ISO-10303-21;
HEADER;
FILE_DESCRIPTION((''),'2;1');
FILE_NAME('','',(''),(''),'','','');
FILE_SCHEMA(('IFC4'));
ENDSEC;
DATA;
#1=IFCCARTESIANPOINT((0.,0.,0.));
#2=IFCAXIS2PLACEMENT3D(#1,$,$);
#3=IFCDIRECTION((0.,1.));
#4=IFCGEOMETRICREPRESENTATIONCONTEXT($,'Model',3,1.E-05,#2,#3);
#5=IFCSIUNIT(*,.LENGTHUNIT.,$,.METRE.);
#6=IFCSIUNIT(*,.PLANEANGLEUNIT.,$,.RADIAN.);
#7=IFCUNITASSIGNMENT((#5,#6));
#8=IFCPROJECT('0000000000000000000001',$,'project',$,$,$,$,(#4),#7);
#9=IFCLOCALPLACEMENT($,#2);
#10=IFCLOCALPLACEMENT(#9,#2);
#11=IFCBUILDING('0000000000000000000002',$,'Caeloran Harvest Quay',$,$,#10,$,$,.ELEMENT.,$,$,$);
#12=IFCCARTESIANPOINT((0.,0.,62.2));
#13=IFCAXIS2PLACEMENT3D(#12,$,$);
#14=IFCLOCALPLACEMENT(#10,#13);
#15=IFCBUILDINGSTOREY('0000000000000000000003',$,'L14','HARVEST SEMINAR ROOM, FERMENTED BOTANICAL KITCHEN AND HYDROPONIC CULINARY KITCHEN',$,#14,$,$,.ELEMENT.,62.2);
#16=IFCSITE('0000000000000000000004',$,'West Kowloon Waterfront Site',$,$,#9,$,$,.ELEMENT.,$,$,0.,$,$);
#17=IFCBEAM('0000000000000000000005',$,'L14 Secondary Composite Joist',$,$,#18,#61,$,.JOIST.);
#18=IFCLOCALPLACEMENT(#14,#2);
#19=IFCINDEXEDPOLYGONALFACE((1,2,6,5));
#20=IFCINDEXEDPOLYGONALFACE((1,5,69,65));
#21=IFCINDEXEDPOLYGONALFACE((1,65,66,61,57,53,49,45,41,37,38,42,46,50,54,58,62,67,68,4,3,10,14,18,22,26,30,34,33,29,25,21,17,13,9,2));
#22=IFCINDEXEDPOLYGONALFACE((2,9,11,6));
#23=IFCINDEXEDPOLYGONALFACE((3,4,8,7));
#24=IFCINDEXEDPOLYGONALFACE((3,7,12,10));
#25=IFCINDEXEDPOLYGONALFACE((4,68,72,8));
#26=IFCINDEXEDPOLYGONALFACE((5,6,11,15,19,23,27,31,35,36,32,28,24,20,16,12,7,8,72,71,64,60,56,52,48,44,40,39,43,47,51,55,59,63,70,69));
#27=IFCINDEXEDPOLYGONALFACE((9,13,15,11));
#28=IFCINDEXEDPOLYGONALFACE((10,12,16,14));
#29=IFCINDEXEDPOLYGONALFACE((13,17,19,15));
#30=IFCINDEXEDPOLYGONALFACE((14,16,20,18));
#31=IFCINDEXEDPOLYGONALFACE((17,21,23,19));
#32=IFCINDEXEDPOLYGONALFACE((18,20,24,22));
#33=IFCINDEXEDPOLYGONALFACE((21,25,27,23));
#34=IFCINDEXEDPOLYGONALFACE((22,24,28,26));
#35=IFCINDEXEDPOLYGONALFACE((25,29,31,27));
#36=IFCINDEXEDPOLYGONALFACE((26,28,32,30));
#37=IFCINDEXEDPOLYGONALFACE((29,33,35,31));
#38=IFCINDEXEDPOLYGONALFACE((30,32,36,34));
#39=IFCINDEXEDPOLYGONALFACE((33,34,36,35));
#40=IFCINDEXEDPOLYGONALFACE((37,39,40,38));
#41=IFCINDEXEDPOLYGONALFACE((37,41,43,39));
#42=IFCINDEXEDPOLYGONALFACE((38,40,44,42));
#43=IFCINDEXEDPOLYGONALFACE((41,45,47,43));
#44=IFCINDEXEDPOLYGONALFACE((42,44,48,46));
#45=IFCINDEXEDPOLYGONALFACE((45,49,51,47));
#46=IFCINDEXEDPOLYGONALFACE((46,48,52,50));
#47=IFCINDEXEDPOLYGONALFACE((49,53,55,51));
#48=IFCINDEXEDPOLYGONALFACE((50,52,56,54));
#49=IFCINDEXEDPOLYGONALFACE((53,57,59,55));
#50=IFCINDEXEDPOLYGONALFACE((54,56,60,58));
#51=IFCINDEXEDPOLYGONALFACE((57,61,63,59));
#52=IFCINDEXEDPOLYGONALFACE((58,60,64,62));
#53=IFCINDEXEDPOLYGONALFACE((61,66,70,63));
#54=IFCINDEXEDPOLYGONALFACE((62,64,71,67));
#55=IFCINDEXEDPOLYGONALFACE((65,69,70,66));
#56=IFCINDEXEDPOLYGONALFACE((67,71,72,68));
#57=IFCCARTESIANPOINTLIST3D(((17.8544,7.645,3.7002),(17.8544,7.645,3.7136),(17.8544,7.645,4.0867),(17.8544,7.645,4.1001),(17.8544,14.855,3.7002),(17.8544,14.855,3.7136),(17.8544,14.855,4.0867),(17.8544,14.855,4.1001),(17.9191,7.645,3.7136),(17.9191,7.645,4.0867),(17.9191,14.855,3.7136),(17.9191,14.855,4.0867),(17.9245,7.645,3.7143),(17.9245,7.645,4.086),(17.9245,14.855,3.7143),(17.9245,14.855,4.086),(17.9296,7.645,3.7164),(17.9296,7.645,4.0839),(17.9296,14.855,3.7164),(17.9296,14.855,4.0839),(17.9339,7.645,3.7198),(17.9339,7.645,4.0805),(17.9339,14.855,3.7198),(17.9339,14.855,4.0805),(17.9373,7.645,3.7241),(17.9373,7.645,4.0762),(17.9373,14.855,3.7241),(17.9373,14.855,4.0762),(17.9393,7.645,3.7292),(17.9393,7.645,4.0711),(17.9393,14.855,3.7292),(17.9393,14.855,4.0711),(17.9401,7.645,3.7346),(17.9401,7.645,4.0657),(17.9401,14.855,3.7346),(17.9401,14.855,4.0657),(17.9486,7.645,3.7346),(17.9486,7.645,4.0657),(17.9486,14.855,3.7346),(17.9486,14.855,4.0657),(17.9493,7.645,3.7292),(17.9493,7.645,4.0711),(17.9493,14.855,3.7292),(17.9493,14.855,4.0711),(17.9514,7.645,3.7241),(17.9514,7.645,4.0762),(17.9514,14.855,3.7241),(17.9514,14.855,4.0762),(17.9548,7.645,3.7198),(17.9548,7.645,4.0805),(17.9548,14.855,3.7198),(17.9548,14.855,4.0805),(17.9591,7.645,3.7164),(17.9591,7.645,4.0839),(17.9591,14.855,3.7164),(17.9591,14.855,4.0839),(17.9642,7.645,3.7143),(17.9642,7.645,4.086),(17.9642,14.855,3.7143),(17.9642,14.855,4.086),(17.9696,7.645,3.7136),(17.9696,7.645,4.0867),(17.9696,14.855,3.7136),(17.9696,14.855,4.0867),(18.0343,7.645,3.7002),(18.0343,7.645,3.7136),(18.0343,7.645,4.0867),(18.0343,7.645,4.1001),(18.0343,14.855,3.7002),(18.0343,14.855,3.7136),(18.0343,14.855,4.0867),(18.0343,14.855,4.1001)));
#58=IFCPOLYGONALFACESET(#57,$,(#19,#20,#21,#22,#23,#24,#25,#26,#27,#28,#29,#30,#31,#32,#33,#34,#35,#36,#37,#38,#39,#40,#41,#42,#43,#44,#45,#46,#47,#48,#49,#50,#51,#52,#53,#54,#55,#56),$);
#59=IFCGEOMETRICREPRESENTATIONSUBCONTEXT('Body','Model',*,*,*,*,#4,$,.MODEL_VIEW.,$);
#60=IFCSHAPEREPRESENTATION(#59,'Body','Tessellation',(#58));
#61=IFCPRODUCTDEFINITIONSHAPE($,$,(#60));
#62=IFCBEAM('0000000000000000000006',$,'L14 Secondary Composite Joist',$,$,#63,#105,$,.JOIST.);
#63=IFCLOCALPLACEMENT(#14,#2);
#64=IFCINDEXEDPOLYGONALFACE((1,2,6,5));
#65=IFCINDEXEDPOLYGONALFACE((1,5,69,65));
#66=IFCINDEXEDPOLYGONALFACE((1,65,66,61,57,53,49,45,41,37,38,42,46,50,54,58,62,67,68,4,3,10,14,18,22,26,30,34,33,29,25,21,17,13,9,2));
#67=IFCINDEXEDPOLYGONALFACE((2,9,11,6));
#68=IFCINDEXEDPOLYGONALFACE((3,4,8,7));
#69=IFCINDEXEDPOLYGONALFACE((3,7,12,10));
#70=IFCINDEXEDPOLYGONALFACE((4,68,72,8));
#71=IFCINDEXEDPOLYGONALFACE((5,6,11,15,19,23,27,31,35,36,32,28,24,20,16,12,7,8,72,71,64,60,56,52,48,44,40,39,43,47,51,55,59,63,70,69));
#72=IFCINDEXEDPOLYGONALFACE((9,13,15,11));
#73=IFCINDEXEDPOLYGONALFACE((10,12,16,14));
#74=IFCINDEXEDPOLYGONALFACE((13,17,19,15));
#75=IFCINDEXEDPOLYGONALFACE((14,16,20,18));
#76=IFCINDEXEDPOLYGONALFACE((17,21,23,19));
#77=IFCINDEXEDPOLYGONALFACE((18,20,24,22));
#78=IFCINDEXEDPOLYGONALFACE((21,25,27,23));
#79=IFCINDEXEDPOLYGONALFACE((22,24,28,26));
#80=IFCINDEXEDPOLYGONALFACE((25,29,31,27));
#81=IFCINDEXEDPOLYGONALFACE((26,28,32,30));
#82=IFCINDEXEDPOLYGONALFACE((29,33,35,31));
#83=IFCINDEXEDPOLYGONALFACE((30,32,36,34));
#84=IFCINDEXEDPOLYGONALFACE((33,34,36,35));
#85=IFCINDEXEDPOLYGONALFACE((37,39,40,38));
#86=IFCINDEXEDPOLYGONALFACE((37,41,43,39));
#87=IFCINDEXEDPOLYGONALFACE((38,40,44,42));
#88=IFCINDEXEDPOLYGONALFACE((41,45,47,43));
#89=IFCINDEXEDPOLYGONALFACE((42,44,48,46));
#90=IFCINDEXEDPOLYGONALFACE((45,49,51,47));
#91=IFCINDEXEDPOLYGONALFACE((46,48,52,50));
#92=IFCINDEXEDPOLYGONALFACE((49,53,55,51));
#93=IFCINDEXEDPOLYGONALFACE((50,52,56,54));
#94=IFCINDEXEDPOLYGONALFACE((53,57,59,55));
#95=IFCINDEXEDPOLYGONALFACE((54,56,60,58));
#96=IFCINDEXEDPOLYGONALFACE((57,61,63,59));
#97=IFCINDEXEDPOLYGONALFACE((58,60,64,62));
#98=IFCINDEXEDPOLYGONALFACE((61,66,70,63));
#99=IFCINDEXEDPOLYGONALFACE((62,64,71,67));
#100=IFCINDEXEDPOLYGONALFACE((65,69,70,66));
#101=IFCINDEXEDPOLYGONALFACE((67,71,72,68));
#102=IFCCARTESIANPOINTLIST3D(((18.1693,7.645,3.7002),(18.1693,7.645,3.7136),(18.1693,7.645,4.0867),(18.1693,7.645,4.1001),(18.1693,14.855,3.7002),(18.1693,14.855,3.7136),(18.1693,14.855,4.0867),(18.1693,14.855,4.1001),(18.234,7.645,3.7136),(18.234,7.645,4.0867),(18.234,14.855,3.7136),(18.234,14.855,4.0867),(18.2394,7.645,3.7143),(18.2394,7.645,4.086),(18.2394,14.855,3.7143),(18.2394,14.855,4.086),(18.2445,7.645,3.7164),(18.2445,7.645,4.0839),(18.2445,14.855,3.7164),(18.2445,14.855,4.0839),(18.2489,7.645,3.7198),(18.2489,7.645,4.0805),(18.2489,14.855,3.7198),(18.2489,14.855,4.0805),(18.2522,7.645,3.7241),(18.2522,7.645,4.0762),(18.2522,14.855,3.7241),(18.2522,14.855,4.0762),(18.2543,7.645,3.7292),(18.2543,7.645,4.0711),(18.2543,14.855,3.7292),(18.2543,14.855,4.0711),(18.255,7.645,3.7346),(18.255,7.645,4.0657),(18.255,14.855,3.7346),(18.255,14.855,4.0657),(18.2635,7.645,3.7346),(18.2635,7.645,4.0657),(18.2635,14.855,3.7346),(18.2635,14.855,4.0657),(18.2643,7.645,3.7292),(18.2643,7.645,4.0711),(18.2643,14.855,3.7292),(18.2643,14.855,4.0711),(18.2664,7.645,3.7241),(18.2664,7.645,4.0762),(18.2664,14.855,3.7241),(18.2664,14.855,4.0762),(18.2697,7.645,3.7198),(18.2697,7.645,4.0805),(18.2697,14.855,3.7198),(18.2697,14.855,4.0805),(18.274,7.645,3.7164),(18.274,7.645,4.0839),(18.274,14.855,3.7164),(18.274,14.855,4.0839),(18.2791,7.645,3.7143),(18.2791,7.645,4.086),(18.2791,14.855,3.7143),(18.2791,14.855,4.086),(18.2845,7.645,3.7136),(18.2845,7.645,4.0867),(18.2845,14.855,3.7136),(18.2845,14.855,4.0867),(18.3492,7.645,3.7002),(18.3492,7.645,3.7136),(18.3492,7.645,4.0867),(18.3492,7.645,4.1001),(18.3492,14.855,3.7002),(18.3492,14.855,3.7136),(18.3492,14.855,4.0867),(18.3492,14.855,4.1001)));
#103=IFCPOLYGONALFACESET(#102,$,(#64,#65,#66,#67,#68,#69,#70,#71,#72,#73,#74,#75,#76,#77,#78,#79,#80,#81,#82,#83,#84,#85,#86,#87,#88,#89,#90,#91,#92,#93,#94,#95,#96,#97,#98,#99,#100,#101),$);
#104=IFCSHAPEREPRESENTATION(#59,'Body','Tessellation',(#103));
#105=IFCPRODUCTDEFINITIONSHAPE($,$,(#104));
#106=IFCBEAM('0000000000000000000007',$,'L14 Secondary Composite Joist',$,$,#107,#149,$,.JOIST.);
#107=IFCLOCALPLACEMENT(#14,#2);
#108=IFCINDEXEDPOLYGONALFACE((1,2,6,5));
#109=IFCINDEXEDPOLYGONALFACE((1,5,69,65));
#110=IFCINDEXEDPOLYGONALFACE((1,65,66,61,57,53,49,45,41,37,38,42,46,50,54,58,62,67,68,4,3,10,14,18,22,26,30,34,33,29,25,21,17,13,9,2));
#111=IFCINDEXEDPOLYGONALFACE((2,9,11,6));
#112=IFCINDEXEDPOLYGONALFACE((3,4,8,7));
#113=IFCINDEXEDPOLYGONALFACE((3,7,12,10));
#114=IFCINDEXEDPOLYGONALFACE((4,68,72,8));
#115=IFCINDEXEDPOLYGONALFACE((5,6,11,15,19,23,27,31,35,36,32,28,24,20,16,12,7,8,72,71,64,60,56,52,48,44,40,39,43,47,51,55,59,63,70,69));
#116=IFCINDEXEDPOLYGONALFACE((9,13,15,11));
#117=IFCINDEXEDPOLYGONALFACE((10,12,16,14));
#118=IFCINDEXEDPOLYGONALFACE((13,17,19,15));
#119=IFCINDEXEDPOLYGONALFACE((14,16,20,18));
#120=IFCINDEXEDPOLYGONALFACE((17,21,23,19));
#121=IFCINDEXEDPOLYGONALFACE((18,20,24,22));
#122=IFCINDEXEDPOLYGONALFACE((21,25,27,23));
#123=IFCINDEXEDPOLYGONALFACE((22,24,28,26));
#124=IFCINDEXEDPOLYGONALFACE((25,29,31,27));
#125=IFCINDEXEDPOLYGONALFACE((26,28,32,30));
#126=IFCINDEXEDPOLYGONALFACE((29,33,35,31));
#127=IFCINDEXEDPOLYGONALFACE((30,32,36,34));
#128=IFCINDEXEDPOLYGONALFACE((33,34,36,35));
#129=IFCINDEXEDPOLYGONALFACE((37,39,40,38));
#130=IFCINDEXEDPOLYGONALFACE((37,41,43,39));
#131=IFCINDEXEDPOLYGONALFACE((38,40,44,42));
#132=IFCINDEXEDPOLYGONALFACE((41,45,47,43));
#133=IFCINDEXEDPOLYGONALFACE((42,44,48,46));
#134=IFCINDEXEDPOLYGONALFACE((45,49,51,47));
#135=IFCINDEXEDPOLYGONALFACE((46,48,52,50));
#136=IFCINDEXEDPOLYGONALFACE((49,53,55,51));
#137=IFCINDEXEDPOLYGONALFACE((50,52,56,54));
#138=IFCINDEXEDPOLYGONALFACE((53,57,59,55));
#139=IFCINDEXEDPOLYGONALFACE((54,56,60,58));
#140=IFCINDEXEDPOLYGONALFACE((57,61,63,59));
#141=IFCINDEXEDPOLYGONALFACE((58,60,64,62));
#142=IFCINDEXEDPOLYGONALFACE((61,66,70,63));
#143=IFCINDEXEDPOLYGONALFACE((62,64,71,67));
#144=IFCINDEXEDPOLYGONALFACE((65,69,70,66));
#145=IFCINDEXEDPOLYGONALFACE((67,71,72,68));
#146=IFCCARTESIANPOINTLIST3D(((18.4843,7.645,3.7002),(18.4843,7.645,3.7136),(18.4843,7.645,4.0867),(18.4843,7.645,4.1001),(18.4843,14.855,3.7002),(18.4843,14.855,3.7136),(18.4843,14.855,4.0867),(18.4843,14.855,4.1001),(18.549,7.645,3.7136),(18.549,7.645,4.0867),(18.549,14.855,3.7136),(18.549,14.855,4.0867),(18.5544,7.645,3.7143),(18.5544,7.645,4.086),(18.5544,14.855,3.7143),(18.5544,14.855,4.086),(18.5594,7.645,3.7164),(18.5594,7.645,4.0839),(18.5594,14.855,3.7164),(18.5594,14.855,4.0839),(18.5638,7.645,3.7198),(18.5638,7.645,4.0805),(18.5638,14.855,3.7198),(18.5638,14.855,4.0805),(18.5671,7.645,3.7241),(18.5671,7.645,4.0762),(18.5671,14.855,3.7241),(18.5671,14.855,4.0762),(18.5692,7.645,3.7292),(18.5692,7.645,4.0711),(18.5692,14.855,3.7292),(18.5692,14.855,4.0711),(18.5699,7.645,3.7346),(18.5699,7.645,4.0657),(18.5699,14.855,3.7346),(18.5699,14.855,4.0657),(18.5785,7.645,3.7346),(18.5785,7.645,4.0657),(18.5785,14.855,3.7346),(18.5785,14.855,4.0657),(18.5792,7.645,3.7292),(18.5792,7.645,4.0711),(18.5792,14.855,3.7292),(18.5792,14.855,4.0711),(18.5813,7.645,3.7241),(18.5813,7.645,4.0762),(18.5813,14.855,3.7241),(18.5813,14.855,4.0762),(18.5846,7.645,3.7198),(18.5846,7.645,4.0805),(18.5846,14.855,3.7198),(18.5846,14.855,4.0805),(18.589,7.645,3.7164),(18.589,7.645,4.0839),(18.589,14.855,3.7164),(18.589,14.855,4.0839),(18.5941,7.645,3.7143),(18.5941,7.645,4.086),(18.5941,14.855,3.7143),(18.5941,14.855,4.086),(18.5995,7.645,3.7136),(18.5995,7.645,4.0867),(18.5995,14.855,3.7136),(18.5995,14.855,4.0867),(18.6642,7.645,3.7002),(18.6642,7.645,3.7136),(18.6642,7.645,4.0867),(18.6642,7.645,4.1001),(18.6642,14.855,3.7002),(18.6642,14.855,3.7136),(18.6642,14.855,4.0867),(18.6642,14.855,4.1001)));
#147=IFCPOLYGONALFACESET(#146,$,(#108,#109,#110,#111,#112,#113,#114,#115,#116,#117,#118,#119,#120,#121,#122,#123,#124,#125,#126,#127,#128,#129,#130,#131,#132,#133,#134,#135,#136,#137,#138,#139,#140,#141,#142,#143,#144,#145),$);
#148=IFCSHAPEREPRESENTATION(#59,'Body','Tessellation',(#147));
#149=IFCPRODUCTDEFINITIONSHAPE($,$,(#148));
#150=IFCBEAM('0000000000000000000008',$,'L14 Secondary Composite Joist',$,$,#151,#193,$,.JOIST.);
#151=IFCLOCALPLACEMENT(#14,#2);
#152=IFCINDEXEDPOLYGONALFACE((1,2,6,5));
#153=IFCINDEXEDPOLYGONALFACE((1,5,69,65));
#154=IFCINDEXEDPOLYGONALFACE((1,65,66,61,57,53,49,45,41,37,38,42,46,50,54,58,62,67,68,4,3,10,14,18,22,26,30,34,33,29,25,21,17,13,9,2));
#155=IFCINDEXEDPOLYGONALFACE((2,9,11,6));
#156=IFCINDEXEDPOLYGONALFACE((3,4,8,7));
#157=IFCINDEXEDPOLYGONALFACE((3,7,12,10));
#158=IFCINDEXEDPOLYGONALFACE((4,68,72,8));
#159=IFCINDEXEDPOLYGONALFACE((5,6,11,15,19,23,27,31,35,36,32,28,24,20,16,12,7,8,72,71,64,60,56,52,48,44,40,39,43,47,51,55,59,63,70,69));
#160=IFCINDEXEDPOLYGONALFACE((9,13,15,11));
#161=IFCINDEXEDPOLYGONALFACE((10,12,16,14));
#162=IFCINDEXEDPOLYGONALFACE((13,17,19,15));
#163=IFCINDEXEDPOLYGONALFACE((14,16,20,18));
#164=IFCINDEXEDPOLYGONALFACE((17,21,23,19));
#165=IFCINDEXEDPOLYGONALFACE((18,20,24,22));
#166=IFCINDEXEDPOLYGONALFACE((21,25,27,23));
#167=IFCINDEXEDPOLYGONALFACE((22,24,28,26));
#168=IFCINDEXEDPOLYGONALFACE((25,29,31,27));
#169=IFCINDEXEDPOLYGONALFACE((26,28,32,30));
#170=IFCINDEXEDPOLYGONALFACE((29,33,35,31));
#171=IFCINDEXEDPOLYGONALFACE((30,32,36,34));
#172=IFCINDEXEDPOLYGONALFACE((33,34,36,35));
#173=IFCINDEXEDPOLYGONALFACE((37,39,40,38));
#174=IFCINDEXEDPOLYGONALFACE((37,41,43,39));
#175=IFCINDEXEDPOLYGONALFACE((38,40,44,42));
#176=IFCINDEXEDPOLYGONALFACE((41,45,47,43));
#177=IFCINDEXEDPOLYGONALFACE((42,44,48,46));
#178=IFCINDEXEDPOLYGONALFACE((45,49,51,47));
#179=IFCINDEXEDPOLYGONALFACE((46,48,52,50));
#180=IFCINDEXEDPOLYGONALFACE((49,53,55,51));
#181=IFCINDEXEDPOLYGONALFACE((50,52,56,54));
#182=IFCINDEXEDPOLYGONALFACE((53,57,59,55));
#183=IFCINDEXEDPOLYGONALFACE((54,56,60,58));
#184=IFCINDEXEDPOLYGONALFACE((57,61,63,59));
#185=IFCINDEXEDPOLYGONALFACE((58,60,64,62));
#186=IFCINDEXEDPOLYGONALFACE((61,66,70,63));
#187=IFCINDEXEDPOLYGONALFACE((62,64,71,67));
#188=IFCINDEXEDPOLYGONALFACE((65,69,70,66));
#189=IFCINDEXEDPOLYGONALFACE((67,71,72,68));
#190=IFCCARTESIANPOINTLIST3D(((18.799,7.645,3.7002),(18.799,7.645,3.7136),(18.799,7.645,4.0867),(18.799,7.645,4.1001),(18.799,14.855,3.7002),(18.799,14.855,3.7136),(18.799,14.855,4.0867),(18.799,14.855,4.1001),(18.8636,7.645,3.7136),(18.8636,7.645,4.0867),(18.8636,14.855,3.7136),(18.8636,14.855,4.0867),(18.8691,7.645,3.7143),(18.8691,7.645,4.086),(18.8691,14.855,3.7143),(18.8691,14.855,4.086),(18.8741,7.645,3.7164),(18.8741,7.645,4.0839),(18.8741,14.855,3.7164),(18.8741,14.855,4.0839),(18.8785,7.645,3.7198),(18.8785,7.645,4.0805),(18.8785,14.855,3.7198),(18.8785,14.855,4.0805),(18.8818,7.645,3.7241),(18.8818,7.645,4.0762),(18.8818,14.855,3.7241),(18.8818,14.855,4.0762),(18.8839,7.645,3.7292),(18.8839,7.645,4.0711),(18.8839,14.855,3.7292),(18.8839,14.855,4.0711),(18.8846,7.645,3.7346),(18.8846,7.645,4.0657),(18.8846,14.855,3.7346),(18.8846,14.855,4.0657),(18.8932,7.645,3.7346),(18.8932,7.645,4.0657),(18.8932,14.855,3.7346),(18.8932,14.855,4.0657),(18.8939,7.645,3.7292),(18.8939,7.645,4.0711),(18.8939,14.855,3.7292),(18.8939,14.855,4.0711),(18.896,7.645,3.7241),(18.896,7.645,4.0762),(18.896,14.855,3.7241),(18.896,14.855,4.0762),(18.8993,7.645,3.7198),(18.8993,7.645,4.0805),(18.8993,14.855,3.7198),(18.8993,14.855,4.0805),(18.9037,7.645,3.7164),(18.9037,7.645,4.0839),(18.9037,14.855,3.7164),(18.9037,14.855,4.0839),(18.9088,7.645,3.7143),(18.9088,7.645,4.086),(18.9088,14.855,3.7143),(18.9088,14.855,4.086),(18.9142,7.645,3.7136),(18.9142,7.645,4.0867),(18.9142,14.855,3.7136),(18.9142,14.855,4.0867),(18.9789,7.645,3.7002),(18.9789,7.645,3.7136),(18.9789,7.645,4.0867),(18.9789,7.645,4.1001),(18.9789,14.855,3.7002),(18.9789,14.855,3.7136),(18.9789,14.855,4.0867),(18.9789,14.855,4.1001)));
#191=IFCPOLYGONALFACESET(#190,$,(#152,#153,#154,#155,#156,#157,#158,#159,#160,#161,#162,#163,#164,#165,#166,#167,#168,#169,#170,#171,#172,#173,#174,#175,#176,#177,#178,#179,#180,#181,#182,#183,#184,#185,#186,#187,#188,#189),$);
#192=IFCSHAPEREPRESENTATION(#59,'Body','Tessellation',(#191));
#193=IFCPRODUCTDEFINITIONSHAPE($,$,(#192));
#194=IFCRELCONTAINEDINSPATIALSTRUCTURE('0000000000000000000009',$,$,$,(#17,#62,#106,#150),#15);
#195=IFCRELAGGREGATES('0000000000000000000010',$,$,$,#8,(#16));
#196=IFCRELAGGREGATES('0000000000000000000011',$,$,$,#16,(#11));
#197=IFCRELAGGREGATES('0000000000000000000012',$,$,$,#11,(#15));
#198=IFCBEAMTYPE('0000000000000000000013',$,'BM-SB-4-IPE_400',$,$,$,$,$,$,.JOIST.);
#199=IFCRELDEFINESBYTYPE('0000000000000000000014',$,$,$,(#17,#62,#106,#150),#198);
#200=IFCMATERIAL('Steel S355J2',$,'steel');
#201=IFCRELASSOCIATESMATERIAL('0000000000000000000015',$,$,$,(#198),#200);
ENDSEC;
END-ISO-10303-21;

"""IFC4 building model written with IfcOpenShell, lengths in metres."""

from ifc_helpers import new_model, si_unit, direction, frame, origin, origin_2d, place, context, subcontext, project, spatial, i_section, extrude, material, material_profile, profile_set, type_object, element, save


model = new_model("IFC4")

# Units and contexts
model_context = context("Model", 3, precision=1e-05, world=origin(), true_north=direction((0.0, 1.0)))
body_context = subcontext(model_context, "Body", "Model", "MODEL_VIEW")
ifc_project = project(units=[si_unit("LENGTHUNIT", "METRE"), si_unit("PLANEANGLEUNIT", "RADIAN")], contexts=[model_context])

# Site, building, storey
site_placement = place(None, origin())
site = spatial("IfcSite", under=ifc_project, at=site_placement, Name="West Kowloon Waterfront Site", CompositionType="ELEMENT", RefElevation=0.0)
building_placement = place(site_placement, origin())
building = spatial("IfcBuilding", under=site, at=building_placement, Name="Caeloran Harvest Quay", CompositionType="ELEMENT")
storey_placement = place(building_placement, frame((0.0, 0.0, 62.2)))
storey = spatial("IfcBuildingStorey", under=building, at=storey_placement, Name="L14", Description="HARVEST SEMINAR ROOM, FERMENTED BOTANICAL KITCHEN AND HYDROPONIC CULINARY KITCHEN", CompositionType="ELEMENT", Elevation=62.2)

# Beams
ifc_material = material(Name="Steel S355J2", Category="steel")
ifc_material_profile_1 = material_profile(ifc_material, i_section(OverallWidth=0.1799, OverallDepth=0.3999, WebThickness=0.0085, FlangeThickness=0.0134, FilletRadius=0.021, at=origin_2d()), Name="IPE 400")
ifc_profile_set_1 = profile_set([ifc_material_profile_1], Name="Steel S355J2")
beam_type_1 = type_object("IfcBeamType", Name="BM-SB-4-IPE_400", PredefinedType="JOIST", material=ifc_profile_set_1)
for number, where, z_axis, x_axis, name in (
    (1, (17.9443, 7.645, 3.9001), (0.0, 1.0, 0.0), (-1.0, 0.0, 0.0), "L14 Secondary Composite Joist"),
    (2, (18.2593, 7.645, 3.9001), (0.0, 1.0, 0.0), (-1.0, 0.0, 0.0), "L14 Secondary Composite Joist"),
    (3, (18.5742, 7.645, 3.9001), (0.0, 1.0, 0.0), (-1.0, 0.0, 0.0), "L14 Secondary Composite Joist"),
    (4, (18.8889, 7.645, 3.9001), (0.0, 1.0, 0.0), (-1.0, 0.0, 0.0), "L14 Secondary Composite Joist"),
):
    element("IfcBeam", number, at=place(storey_placement, frame(where, z_axis=z_axis, x_axis=x_axis)), inside=storey, type_object=beam_type_1, Name=name, PredefinedType="JOIST", context=body_context, shape_type="SweptSolid", body=[
        extrude(i_section(OverallWidth=0.1799, OverallDepth=0.3999, WebThickness=0.0085, FlangeThickness=0.0134, FilletRadius=0.021, at=origin_2d()), origin(), (0.0, 0.0, 1.0), 7.21),
    ])

save(model, "model.ifc")
